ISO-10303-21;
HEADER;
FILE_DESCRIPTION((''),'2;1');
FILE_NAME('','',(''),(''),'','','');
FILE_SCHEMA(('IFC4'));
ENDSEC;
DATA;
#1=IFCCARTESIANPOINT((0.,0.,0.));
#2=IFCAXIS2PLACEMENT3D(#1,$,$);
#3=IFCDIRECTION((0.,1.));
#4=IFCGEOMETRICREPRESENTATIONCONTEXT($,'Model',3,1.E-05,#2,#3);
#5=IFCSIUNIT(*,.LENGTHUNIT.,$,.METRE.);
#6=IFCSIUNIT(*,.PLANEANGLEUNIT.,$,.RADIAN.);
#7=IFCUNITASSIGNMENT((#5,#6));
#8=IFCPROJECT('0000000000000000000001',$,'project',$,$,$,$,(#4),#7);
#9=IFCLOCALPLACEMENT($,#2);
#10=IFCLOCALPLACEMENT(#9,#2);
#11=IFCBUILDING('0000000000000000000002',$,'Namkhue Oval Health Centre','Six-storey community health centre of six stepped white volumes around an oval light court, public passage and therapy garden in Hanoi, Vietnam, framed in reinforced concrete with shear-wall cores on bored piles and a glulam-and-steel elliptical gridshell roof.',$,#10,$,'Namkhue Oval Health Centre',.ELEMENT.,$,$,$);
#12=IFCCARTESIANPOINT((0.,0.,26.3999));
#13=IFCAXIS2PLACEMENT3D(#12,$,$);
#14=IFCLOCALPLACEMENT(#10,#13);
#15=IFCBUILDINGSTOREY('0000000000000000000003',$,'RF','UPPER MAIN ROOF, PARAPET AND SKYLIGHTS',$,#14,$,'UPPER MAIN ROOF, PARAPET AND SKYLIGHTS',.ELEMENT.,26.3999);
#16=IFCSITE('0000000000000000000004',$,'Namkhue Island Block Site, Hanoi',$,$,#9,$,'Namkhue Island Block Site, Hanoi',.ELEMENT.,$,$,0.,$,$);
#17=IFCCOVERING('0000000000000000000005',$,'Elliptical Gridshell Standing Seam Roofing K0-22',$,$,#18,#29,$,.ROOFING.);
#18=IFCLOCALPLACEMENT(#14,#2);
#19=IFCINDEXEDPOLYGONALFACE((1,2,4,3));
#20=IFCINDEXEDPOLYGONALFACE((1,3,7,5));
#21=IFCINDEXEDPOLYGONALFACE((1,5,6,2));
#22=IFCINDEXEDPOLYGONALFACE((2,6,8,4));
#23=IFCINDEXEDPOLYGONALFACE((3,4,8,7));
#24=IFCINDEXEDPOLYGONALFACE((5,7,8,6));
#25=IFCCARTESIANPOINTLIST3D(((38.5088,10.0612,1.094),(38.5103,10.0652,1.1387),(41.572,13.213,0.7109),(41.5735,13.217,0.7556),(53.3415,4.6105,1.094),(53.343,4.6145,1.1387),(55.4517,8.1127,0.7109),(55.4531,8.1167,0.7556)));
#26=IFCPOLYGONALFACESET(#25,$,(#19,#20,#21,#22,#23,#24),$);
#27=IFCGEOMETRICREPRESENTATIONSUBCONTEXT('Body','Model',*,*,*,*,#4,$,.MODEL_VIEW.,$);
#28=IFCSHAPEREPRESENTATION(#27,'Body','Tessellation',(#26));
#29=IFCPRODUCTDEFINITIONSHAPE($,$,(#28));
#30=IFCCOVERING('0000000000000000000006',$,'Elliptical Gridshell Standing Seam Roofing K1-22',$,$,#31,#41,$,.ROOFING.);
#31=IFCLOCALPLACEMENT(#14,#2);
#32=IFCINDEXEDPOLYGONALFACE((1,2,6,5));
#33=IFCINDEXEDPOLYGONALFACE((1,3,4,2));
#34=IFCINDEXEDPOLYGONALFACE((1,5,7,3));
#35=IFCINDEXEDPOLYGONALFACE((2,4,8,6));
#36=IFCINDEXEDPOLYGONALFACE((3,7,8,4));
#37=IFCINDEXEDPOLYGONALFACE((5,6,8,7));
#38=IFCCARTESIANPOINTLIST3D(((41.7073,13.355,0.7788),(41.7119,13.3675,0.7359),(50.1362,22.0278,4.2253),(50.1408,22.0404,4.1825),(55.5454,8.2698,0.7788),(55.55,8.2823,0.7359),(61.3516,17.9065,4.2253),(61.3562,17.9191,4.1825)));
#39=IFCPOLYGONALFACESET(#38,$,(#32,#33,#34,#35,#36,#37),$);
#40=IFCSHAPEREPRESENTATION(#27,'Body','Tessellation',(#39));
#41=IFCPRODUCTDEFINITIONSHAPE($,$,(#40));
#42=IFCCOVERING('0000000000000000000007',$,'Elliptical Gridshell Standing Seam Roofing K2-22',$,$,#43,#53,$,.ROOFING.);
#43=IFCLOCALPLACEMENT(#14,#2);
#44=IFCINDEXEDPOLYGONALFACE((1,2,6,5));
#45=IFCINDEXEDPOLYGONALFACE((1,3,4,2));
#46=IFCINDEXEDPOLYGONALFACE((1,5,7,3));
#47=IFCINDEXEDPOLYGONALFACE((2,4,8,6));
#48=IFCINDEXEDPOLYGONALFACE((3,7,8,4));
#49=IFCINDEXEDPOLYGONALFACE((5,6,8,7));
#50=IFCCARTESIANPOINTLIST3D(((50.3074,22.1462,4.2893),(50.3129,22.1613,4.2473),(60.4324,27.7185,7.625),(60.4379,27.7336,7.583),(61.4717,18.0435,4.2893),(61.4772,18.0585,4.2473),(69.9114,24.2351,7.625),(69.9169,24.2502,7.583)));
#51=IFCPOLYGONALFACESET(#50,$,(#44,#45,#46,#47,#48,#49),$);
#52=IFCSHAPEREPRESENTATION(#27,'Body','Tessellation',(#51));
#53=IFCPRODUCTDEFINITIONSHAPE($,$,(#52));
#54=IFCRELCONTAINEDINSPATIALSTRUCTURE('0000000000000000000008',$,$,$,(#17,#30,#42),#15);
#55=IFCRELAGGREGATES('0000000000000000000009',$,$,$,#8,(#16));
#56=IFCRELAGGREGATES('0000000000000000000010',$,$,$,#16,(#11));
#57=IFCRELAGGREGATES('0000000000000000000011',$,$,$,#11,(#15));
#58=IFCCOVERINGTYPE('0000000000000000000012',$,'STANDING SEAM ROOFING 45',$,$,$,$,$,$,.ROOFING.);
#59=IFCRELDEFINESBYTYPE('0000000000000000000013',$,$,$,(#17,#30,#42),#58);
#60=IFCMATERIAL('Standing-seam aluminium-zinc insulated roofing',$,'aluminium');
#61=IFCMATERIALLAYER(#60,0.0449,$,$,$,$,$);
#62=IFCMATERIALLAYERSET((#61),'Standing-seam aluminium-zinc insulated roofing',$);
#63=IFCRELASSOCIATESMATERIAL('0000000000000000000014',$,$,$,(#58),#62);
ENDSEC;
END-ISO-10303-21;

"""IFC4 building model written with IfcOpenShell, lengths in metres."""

from ifc_helpers import new_model, si_unit, direction, frame, origin, place, context, subcontext, project, spatial, polyline, outline, extrude, material, layer, layer_set, type_object, element, save


model = new_model("IFC4")

# Units and contexts
model_context = context("Model", 3, precision=1e-05, world=origin(), true_north=direction((0.0, 1.0)))
body_context = subcontext(model_context, "Body", "Model", "MODEL_VIEW")
ifc_project = project(units=[si_unit("LENGTHUNIT", "METRE"), si_unit("PLANEANGLEUNIT", "RADIAN")], contexts=[model_context])

# Site, building, storey
site_placement = place(None, origin())
site = spatial("IfcSite", under=ifc_project, at=site_placement, Name="Namkhue Island Block Site, Hanoi", LongName="Namkhue Island Block Site, Hanoi", CompositionType="ELEMENT", RefElevation=0.0)
building_placement = place(site_placement, origin())
building = spatial("IfcBuilding", under=site, at=building_placement, Name="Namkhue Oval Health Centre", Description="Six-storey community health centre of six stepped white volumes around an oval light court, public passage and therapy garden in Hanoi, Vietnam, framed in reinforced concrete with shear-wall cores on bored piles and a glulam-and-steel elliptical gridshell roof.", LongName="Namkhue Oval Health Centre", CompositionType="ELEMENT")
storey_placement = place(building_placement, frame((0.0, 0.0, 26.3999)))
storey = spatial("IfcBuildingStorey", under=building, at=storey_placement, Name="RF", Description="UPPER MAIN ROOF, PARAPET AND SKYLIGHTS", LongName="UPPER MAIN ROOF, PARAPET AND SKYLIGHTS", CompositionType="ELEMENT", Elevation=26.3999)

# Coverings
ifc_material_1 = material(Name="Standing-seam aluminium-zinc insulated roofing", Category="aluminium")
ifc_layer_1 = layer(ifc_material_1, 0.0449)
ifc_layer_set_1 = layer_set([ifc_layer_1], Name="Standing-seam aluminium-zinc insulated roofing")
covering_type = type_object("IfcCoveringType", Name="STANDING SEAM ROOFING 45", PredefinedType="ROOFING", material=ifc_layer_set_1)
covering_1_placement = place(storey_placement, frame((38.5103, 10.0652, 1.1387), z_axis=(0.032759, 0.089146, 0.99548), x_axis=(0.938631, -0.344924, 0.0)))
element("IfcCovering", 1, at=covering_1_placement, inside=storey, type_object=covering_type, Name="Elliptical Gridshell Standing Seam Roofing K0-22", PredefinedType="ROOFING", context=body_context, shape_type="SweptSolid", body=[
    extrude(outline(polyline([(0.0, 0.0), (15.8026, 0.0), (16.5752, 4.0333), (1.7881, 4.0332), (0.0, 0.0)])), origin(), (0.0, 0.0, -1.0), 0.0449),
])
covering_2_placement = place(storey_placement, frame((41.7073, 13.355, 0.7788), z_axis=(-0.10272, -0.27953, 0.954626), x_axis=(0.93863, -0.344925, 0.0)))
element("IfcCovering", 2, at=covering_2_placement, inside=storey, type_object=covering_type, Name="Elliptical Gridshell Standing Seam Roofing K1-22", PredefinedType="ROOFING", context=body_context, shape_type="SweptSolid", body=[
    extrude(outline(polyline([(0.0, 0.0), (14.7429, 0.0), (16.8688, 11.5731), (4.9202, 11.5731), (0.0, 0.0)])), origin(), (0.0, 0.0, -1.0), 0.0449),
])
covering_3_placement = place(storey_placement, frame((50.3074, 22.1462, 4.2893), z_axis=(-0.123206, -0.335264, 0.934033), x_axis=(0.938626, -0.344936, -0.000001)))
element("IfcCovering", 3, at=covering_3_placement, inside=storey, type_object=covering_type, Name="Elliptical Gridshell Standing Seam Roofing K2-22", PredefinedType="ROOFING", context=body_context, shape_type="SweptSolid", body=[
    extrude(outline(polyline([(0.0, 0.0), (11.8943, 0.0), (17.6803, 9.3389), (7.5815, 9.3388), (0.0, 0.0)])), origin(), (0.0, 0.0, -1.0), 0.0449),
])

save(model, "model.ifc")
